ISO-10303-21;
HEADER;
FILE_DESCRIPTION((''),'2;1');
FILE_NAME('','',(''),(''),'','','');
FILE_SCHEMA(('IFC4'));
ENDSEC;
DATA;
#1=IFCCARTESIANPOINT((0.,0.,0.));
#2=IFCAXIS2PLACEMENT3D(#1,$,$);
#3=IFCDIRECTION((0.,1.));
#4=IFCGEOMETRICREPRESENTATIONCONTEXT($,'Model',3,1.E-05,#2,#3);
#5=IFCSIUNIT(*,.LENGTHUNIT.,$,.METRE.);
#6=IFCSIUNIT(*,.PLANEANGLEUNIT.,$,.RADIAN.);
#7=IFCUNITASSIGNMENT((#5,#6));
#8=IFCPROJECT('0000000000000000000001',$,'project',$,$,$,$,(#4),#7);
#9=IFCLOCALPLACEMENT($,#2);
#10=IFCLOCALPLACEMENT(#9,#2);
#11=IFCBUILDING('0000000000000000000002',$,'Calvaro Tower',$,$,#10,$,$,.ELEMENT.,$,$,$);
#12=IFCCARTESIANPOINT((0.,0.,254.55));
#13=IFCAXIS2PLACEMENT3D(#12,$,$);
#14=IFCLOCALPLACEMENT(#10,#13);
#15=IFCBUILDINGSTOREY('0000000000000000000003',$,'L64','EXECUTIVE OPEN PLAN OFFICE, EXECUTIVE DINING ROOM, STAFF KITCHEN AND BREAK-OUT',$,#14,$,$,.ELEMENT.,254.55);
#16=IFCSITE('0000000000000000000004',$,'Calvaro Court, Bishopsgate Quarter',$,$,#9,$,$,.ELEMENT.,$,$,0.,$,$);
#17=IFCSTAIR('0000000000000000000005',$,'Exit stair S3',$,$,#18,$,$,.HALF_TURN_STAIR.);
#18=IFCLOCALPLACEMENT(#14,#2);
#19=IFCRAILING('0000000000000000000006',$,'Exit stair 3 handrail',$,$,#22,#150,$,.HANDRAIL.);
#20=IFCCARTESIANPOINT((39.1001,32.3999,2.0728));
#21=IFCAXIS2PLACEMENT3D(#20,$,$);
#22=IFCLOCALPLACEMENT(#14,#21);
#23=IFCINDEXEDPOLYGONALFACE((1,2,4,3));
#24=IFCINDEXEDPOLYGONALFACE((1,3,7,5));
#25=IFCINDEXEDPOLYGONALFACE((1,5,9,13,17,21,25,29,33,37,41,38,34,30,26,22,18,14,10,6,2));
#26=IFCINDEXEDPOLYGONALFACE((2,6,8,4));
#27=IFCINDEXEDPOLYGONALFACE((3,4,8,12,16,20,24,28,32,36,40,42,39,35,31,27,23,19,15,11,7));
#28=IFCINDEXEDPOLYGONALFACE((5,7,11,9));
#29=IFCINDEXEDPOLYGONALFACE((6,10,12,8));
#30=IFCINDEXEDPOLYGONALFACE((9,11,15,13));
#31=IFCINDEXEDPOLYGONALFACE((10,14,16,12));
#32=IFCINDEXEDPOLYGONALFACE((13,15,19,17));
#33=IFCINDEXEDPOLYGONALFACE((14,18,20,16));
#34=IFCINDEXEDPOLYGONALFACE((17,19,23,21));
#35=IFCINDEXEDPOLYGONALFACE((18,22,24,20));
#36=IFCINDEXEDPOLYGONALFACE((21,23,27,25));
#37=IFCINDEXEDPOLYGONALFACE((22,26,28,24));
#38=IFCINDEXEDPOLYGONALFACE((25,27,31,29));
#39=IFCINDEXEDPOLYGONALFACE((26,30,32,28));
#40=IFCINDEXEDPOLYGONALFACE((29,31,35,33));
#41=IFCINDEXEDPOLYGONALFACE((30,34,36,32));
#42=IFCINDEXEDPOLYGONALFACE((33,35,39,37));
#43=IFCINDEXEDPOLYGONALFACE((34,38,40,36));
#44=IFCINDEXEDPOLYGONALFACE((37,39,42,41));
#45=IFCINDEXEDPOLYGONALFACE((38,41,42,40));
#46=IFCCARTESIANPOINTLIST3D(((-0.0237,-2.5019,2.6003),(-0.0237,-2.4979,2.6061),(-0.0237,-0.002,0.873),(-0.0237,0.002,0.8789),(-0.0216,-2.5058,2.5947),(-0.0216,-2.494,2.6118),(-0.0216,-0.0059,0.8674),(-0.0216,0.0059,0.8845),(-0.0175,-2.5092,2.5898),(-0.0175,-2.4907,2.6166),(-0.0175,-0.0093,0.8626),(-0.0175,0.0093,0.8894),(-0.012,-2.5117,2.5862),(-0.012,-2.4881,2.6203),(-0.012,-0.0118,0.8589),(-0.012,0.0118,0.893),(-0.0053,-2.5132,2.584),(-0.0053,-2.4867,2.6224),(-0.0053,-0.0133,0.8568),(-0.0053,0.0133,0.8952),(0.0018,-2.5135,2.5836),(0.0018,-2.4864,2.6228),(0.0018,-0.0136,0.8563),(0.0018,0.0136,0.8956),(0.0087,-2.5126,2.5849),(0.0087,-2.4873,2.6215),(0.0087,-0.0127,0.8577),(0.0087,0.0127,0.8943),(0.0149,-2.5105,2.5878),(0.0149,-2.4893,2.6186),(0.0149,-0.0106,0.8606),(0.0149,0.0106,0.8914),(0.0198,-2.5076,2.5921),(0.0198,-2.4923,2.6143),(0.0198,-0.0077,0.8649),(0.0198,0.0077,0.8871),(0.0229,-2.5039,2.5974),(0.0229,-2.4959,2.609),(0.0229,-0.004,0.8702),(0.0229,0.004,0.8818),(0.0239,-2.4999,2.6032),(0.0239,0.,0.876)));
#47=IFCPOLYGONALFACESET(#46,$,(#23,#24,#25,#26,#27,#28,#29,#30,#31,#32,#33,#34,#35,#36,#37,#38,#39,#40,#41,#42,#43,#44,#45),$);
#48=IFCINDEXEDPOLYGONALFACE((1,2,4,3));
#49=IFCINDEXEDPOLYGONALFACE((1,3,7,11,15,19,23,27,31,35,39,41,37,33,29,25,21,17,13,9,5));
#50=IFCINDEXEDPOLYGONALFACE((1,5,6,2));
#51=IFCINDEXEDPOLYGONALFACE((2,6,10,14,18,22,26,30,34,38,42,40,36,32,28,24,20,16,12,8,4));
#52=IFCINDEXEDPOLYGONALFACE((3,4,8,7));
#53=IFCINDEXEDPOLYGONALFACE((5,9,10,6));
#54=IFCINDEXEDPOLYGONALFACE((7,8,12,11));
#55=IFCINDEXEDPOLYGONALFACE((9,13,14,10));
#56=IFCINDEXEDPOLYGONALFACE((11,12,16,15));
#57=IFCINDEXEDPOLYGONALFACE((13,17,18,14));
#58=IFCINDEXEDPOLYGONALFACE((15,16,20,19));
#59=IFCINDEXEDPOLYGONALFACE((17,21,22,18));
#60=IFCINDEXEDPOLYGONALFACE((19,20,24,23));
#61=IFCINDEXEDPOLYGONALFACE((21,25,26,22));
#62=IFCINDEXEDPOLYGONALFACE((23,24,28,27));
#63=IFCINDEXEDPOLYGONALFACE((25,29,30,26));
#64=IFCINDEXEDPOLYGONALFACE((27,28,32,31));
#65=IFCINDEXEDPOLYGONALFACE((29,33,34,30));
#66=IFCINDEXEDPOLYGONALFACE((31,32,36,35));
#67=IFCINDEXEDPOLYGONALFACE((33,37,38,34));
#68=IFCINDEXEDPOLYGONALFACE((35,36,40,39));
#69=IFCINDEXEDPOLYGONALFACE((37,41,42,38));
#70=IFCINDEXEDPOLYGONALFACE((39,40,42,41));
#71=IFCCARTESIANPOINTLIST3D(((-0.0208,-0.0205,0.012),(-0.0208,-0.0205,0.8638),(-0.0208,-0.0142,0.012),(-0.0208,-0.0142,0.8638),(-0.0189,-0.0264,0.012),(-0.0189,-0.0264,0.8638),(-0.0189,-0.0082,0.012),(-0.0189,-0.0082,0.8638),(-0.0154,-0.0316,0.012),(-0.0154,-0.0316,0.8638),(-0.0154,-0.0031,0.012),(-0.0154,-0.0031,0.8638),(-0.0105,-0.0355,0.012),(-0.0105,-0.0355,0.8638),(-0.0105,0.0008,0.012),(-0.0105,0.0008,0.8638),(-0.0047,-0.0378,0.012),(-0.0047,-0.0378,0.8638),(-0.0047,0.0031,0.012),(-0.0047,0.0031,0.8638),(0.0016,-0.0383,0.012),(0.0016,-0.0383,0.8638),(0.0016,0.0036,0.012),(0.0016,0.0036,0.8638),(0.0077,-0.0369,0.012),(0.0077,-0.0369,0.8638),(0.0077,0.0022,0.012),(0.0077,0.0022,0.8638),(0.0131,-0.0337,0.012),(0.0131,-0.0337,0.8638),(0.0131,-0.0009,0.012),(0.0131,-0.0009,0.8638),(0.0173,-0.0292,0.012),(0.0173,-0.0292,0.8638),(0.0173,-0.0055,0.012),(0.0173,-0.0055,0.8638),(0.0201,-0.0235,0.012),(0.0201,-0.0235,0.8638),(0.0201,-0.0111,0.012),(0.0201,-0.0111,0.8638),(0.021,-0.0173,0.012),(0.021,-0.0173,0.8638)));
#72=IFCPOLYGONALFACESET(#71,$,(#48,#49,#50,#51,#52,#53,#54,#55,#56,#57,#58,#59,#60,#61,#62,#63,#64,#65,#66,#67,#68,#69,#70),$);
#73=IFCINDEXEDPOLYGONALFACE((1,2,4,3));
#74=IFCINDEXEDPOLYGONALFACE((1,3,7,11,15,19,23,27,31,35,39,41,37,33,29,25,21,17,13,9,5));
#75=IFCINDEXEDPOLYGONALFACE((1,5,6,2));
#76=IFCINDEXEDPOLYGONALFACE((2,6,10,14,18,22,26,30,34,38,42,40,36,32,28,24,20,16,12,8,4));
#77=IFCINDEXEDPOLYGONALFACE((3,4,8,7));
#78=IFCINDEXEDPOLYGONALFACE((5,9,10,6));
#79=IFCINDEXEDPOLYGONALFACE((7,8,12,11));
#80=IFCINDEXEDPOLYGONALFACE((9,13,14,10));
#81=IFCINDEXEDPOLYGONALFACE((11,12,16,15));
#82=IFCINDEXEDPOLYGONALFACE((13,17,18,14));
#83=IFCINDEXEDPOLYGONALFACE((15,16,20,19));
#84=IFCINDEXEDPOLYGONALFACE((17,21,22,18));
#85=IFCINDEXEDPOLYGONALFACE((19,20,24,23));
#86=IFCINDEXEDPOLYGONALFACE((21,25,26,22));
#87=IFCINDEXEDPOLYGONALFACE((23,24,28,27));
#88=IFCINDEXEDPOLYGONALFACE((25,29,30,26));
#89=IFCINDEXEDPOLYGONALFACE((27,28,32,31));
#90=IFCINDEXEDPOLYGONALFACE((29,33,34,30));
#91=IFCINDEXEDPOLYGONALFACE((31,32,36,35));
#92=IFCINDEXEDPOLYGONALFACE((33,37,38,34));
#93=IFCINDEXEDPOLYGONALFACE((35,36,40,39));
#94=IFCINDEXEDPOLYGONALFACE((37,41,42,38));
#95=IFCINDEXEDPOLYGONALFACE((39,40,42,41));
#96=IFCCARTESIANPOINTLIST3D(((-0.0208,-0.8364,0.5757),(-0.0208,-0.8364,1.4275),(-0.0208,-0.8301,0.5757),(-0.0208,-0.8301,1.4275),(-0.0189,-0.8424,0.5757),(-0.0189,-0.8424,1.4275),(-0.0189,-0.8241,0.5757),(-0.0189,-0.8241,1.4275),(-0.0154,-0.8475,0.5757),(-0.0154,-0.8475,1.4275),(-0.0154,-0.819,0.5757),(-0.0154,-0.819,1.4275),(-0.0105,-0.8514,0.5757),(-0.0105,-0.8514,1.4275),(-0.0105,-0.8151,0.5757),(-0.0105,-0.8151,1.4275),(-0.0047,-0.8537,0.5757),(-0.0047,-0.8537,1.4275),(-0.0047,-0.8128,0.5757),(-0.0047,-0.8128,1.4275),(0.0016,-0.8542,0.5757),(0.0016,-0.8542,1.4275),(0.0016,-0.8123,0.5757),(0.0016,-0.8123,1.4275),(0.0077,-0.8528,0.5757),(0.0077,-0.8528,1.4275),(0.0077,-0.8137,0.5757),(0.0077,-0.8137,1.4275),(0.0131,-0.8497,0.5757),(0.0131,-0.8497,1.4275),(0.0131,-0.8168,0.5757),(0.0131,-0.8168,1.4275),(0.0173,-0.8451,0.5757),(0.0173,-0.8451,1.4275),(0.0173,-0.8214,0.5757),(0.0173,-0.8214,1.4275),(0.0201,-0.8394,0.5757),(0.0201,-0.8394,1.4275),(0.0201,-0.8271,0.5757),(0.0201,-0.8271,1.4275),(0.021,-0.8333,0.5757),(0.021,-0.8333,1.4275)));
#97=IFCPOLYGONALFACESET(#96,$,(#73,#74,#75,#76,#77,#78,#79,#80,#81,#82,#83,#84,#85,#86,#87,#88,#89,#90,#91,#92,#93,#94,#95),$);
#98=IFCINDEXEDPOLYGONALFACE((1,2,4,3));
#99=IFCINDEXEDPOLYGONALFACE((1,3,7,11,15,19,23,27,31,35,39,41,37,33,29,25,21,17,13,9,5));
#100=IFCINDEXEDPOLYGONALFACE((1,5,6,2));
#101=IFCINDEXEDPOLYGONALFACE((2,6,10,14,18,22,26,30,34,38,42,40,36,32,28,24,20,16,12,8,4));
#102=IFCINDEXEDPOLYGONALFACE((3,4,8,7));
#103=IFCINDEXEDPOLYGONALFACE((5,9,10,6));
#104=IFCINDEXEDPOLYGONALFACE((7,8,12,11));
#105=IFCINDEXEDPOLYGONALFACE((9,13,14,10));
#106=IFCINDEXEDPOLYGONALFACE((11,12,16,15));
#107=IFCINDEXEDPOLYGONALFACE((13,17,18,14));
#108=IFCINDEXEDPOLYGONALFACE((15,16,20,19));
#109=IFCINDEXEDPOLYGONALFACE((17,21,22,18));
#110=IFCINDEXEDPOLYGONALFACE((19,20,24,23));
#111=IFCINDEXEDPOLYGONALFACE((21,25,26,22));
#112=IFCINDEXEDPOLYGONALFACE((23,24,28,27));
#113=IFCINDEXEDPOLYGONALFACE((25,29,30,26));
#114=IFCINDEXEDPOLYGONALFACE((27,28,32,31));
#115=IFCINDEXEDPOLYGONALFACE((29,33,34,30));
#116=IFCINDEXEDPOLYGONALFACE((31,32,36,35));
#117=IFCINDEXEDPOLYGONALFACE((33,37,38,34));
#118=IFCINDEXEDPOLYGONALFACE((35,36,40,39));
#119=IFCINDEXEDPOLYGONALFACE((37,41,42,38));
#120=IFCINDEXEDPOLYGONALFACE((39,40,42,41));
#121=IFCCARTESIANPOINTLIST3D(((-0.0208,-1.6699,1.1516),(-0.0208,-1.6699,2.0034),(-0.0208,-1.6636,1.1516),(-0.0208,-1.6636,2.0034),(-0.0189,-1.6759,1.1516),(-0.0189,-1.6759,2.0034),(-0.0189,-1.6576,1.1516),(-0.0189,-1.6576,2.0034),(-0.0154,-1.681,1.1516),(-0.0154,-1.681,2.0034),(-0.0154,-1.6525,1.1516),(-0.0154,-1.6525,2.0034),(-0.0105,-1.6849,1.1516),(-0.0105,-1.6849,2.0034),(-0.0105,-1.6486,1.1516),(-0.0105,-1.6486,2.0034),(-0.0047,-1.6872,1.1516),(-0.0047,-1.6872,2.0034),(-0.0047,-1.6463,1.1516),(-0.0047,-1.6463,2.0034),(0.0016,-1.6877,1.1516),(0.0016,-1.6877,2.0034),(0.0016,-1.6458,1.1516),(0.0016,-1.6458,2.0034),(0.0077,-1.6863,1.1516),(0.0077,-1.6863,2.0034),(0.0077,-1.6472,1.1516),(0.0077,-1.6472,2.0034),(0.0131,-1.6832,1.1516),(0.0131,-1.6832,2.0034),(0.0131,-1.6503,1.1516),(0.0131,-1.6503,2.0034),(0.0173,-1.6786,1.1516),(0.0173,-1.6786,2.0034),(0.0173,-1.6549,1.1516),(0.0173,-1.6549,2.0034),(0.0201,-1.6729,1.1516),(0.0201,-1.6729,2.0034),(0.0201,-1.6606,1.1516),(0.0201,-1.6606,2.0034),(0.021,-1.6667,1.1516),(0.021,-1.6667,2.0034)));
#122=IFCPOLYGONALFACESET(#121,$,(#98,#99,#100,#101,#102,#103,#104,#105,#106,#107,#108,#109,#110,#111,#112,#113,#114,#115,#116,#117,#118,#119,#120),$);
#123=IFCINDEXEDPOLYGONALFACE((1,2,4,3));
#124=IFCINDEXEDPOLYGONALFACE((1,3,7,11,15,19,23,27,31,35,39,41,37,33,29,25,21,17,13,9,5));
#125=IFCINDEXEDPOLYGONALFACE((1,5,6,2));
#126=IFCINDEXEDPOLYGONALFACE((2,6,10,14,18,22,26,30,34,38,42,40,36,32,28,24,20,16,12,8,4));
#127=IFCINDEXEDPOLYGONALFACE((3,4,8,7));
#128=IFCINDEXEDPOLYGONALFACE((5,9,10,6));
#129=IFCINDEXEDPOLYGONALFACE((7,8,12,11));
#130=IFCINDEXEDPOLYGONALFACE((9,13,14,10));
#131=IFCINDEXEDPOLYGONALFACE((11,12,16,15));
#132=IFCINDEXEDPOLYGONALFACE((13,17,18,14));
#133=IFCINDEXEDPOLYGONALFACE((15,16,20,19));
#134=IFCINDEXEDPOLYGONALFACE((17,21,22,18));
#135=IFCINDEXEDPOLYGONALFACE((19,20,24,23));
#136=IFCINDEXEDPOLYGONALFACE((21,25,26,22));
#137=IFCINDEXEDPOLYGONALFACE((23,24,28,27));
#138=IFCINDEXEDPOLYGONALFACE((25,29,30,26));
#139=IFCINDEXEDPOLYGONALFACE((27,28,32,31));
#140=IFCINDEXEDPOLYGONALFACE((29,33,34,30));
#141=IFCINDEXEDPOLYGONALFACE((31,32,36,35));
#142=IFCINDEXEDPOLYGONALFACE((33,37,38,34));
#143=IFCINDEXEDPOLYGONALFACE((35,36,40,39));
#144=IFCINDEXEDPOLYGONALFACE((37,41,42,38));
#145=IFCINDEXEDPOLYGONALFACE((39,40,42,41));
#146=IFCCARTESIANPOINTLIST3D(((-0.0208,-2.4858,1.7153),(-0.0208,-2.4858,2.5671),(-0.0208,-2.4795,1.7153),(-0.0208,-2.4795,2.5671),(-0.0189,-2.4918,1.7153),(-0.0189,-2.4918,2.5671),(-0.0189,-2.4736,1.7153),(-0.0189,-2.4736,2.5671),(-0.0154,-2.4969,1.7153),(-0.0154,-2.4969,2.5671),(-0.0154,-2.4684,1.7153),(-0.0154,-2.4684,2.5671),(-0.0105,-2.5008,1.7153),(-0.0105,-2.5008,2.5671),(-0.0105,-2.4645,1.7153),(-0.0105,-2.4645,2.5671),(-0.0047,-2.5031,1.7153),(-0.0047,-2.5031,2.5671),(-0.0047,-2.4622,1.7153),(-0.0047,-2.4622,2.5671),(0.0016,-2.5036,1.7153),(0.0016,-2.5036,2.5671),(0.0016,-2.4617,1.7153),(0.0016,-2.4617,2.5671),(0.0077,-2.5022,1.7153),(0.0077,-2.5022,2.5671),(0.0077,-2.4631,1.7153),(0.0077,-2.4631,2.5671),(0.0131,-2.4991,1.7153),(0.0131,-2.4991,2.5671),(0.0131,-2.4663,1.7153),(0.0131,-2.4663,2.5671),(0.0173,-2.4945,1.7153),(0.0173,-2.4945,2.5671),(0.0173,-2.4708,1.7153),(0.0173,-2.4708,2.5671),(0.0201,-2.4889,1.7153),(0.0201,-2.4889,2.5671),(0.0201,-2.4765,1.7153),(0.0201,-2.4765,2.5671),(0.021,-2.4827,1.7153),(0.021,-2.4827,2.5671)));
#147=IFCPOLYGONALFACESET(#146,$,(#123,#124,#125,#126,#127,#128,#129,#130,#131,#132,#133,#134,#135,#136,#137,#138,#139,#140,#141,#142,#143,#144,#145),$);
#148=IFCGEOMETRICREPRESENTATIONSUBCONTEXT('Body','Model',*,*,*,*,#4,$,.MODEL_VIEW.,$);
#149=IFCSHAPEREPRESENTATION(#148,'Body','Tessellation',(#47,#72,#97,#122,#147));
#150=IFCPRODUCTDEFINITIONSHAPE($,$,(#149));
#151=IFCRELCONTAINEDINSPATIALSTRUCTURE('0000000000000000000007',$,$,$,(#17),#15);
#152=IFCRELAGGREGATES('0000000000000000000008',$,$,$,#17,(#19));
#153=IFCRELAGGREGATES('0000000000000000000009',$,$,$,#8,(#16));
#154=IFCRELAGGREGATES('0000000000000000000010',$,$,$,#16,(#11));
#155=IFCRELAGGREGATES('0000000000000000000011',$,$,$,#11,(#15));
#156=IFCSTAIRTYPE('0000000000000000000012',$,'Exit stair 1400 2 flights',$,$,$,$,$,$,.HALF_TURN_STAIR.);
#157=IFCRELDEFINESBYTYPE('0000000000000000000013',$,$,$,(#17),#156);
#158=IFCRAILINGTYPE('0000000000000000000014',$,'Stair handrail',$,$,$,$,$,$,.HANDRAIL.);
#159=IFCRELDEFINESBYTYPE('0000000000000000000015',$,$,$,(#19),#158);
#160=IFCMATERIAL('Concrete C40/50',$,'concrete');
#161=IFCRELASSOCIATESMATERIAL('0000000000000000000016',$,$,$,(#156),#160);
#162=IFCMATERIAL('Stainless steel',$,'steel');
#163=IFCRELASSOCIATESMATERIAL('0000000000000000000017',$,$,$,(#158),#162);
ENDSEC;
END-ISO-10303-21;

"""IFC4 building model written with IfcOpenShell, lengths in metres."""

from ifc_helpers import new_model, si_unit, direction, frame, origin, origin_2d, place, context, subcontext, project, spatial, circle, extrude, material, type_object, element, aggregate, save


model = new_model("IFC4")

# Units and contexts
model_context = context("Model", 3, precision=1e-05, world=origin(), true_north=direction((0.0, 1.0)))
body_context = subcontext(model_context, "Body", "Model", "MODEL_VIEW")
ifc_project = project(units=[si_unit("LENGTHUNIT", "METRE"), si_unit("PLANEANGLEUNIT", "RADIAN")], contexts=[model_context])

# Site, building, storey
site_placement = place(None, origin())
site = spatial("IfcSite", under=ifc_project, at=site_placement, Name="Calvaro Court, Bishopsgate Quarter", CompositionType="ELEMENT", RefElevation=0.0)
building_placement = place(site_placement, origin())
building = spatial("IfcBuilding", under=site, at=building_placement, Name="Calvaro Tower", CompositionType="ELEMENT")
storey_placement = place(building_placement, frame((0.0, 0.0, 254.55)))
storey = spatial("IfcBuildingStorey", under=building, at=storey_placement, Name="L64", Description="EXECUTIVE OPEN PLAN OFFICE, EXECUTIVE DINING ROOM, STAFF KITCHEN AND BREAK-OUT", CompositionType="ELEMENT", Elevation=254.55)

# Stair
ifc_material_1 = material(Name="Concrete C40/50", Category="concrete")
stair_type = type_object("IfcStairType", Name="Exit stair 1400 2 flights", PredefinedType="HALF_TURN_STAIR", material=ifc_material_1)
stair_1_placement = place(storey_placement, origin())
stair_1 = element("IfcStair", 1, at=stair_1_placement, inside=storey, type_object=stair_type, Name="Exit stair S3", PredefinedType="HALF_TURN_STAIR")

# Railing
ifc_material_2 = material(Name="Stainless steel", Category="steel")
railing_type = type_object("IfcRailingType", Name="Stair handrail", PredefinedType="HANDRAIL", material=ifc_material_2)
railing_1_placement = place(storey_placement, frame((39.1001, 32.3999, 2.0728)))
railing_1 = element("IfcRailing", 2, at=railing_1_placement, type_object=railing_type, Name="Exit stair 3 handrail", PredefinedType="HANDRAIL", context=body_context, shape_type="SweptSolid", body=[
    extrude(circle(Radius=0.0239, at=origin_2d()), frame((0.0, 0.0, 0.876), z_axis=(0.0, -0.822727, 0.568437), x_axis=(1.0, 0.0, 0.0)), (0.0, 0.0, 1.0), 3.0386),
    extrude(circle(Radius=0.021, at=origin_2d()), frame((0.0, -0.0173, 0.012)), (0.0, 0.0, 1.0), 0.8518),
    extrude(circle(Radius=0.021, at=origin_2d()), frame((0.0, -0.8333, 0.5757)), (0.0, 0.0, 1.0), 0.8518),
    extrude(circle(Radius=0.021, at=origin_2d()), frame((0.0, -1.6667, 1.1516)), (0.0, 0.0, 1.0), 0.8518),
    extrude(circle(Radius=0.021, at=origin_2d()), frame((0.0, -2.4827, 1.7153)), (0.0, 0.0, 1.0), 0.8518),
])
aggregate(stair_1, [railing_1])

save(model, "model.ifc")
